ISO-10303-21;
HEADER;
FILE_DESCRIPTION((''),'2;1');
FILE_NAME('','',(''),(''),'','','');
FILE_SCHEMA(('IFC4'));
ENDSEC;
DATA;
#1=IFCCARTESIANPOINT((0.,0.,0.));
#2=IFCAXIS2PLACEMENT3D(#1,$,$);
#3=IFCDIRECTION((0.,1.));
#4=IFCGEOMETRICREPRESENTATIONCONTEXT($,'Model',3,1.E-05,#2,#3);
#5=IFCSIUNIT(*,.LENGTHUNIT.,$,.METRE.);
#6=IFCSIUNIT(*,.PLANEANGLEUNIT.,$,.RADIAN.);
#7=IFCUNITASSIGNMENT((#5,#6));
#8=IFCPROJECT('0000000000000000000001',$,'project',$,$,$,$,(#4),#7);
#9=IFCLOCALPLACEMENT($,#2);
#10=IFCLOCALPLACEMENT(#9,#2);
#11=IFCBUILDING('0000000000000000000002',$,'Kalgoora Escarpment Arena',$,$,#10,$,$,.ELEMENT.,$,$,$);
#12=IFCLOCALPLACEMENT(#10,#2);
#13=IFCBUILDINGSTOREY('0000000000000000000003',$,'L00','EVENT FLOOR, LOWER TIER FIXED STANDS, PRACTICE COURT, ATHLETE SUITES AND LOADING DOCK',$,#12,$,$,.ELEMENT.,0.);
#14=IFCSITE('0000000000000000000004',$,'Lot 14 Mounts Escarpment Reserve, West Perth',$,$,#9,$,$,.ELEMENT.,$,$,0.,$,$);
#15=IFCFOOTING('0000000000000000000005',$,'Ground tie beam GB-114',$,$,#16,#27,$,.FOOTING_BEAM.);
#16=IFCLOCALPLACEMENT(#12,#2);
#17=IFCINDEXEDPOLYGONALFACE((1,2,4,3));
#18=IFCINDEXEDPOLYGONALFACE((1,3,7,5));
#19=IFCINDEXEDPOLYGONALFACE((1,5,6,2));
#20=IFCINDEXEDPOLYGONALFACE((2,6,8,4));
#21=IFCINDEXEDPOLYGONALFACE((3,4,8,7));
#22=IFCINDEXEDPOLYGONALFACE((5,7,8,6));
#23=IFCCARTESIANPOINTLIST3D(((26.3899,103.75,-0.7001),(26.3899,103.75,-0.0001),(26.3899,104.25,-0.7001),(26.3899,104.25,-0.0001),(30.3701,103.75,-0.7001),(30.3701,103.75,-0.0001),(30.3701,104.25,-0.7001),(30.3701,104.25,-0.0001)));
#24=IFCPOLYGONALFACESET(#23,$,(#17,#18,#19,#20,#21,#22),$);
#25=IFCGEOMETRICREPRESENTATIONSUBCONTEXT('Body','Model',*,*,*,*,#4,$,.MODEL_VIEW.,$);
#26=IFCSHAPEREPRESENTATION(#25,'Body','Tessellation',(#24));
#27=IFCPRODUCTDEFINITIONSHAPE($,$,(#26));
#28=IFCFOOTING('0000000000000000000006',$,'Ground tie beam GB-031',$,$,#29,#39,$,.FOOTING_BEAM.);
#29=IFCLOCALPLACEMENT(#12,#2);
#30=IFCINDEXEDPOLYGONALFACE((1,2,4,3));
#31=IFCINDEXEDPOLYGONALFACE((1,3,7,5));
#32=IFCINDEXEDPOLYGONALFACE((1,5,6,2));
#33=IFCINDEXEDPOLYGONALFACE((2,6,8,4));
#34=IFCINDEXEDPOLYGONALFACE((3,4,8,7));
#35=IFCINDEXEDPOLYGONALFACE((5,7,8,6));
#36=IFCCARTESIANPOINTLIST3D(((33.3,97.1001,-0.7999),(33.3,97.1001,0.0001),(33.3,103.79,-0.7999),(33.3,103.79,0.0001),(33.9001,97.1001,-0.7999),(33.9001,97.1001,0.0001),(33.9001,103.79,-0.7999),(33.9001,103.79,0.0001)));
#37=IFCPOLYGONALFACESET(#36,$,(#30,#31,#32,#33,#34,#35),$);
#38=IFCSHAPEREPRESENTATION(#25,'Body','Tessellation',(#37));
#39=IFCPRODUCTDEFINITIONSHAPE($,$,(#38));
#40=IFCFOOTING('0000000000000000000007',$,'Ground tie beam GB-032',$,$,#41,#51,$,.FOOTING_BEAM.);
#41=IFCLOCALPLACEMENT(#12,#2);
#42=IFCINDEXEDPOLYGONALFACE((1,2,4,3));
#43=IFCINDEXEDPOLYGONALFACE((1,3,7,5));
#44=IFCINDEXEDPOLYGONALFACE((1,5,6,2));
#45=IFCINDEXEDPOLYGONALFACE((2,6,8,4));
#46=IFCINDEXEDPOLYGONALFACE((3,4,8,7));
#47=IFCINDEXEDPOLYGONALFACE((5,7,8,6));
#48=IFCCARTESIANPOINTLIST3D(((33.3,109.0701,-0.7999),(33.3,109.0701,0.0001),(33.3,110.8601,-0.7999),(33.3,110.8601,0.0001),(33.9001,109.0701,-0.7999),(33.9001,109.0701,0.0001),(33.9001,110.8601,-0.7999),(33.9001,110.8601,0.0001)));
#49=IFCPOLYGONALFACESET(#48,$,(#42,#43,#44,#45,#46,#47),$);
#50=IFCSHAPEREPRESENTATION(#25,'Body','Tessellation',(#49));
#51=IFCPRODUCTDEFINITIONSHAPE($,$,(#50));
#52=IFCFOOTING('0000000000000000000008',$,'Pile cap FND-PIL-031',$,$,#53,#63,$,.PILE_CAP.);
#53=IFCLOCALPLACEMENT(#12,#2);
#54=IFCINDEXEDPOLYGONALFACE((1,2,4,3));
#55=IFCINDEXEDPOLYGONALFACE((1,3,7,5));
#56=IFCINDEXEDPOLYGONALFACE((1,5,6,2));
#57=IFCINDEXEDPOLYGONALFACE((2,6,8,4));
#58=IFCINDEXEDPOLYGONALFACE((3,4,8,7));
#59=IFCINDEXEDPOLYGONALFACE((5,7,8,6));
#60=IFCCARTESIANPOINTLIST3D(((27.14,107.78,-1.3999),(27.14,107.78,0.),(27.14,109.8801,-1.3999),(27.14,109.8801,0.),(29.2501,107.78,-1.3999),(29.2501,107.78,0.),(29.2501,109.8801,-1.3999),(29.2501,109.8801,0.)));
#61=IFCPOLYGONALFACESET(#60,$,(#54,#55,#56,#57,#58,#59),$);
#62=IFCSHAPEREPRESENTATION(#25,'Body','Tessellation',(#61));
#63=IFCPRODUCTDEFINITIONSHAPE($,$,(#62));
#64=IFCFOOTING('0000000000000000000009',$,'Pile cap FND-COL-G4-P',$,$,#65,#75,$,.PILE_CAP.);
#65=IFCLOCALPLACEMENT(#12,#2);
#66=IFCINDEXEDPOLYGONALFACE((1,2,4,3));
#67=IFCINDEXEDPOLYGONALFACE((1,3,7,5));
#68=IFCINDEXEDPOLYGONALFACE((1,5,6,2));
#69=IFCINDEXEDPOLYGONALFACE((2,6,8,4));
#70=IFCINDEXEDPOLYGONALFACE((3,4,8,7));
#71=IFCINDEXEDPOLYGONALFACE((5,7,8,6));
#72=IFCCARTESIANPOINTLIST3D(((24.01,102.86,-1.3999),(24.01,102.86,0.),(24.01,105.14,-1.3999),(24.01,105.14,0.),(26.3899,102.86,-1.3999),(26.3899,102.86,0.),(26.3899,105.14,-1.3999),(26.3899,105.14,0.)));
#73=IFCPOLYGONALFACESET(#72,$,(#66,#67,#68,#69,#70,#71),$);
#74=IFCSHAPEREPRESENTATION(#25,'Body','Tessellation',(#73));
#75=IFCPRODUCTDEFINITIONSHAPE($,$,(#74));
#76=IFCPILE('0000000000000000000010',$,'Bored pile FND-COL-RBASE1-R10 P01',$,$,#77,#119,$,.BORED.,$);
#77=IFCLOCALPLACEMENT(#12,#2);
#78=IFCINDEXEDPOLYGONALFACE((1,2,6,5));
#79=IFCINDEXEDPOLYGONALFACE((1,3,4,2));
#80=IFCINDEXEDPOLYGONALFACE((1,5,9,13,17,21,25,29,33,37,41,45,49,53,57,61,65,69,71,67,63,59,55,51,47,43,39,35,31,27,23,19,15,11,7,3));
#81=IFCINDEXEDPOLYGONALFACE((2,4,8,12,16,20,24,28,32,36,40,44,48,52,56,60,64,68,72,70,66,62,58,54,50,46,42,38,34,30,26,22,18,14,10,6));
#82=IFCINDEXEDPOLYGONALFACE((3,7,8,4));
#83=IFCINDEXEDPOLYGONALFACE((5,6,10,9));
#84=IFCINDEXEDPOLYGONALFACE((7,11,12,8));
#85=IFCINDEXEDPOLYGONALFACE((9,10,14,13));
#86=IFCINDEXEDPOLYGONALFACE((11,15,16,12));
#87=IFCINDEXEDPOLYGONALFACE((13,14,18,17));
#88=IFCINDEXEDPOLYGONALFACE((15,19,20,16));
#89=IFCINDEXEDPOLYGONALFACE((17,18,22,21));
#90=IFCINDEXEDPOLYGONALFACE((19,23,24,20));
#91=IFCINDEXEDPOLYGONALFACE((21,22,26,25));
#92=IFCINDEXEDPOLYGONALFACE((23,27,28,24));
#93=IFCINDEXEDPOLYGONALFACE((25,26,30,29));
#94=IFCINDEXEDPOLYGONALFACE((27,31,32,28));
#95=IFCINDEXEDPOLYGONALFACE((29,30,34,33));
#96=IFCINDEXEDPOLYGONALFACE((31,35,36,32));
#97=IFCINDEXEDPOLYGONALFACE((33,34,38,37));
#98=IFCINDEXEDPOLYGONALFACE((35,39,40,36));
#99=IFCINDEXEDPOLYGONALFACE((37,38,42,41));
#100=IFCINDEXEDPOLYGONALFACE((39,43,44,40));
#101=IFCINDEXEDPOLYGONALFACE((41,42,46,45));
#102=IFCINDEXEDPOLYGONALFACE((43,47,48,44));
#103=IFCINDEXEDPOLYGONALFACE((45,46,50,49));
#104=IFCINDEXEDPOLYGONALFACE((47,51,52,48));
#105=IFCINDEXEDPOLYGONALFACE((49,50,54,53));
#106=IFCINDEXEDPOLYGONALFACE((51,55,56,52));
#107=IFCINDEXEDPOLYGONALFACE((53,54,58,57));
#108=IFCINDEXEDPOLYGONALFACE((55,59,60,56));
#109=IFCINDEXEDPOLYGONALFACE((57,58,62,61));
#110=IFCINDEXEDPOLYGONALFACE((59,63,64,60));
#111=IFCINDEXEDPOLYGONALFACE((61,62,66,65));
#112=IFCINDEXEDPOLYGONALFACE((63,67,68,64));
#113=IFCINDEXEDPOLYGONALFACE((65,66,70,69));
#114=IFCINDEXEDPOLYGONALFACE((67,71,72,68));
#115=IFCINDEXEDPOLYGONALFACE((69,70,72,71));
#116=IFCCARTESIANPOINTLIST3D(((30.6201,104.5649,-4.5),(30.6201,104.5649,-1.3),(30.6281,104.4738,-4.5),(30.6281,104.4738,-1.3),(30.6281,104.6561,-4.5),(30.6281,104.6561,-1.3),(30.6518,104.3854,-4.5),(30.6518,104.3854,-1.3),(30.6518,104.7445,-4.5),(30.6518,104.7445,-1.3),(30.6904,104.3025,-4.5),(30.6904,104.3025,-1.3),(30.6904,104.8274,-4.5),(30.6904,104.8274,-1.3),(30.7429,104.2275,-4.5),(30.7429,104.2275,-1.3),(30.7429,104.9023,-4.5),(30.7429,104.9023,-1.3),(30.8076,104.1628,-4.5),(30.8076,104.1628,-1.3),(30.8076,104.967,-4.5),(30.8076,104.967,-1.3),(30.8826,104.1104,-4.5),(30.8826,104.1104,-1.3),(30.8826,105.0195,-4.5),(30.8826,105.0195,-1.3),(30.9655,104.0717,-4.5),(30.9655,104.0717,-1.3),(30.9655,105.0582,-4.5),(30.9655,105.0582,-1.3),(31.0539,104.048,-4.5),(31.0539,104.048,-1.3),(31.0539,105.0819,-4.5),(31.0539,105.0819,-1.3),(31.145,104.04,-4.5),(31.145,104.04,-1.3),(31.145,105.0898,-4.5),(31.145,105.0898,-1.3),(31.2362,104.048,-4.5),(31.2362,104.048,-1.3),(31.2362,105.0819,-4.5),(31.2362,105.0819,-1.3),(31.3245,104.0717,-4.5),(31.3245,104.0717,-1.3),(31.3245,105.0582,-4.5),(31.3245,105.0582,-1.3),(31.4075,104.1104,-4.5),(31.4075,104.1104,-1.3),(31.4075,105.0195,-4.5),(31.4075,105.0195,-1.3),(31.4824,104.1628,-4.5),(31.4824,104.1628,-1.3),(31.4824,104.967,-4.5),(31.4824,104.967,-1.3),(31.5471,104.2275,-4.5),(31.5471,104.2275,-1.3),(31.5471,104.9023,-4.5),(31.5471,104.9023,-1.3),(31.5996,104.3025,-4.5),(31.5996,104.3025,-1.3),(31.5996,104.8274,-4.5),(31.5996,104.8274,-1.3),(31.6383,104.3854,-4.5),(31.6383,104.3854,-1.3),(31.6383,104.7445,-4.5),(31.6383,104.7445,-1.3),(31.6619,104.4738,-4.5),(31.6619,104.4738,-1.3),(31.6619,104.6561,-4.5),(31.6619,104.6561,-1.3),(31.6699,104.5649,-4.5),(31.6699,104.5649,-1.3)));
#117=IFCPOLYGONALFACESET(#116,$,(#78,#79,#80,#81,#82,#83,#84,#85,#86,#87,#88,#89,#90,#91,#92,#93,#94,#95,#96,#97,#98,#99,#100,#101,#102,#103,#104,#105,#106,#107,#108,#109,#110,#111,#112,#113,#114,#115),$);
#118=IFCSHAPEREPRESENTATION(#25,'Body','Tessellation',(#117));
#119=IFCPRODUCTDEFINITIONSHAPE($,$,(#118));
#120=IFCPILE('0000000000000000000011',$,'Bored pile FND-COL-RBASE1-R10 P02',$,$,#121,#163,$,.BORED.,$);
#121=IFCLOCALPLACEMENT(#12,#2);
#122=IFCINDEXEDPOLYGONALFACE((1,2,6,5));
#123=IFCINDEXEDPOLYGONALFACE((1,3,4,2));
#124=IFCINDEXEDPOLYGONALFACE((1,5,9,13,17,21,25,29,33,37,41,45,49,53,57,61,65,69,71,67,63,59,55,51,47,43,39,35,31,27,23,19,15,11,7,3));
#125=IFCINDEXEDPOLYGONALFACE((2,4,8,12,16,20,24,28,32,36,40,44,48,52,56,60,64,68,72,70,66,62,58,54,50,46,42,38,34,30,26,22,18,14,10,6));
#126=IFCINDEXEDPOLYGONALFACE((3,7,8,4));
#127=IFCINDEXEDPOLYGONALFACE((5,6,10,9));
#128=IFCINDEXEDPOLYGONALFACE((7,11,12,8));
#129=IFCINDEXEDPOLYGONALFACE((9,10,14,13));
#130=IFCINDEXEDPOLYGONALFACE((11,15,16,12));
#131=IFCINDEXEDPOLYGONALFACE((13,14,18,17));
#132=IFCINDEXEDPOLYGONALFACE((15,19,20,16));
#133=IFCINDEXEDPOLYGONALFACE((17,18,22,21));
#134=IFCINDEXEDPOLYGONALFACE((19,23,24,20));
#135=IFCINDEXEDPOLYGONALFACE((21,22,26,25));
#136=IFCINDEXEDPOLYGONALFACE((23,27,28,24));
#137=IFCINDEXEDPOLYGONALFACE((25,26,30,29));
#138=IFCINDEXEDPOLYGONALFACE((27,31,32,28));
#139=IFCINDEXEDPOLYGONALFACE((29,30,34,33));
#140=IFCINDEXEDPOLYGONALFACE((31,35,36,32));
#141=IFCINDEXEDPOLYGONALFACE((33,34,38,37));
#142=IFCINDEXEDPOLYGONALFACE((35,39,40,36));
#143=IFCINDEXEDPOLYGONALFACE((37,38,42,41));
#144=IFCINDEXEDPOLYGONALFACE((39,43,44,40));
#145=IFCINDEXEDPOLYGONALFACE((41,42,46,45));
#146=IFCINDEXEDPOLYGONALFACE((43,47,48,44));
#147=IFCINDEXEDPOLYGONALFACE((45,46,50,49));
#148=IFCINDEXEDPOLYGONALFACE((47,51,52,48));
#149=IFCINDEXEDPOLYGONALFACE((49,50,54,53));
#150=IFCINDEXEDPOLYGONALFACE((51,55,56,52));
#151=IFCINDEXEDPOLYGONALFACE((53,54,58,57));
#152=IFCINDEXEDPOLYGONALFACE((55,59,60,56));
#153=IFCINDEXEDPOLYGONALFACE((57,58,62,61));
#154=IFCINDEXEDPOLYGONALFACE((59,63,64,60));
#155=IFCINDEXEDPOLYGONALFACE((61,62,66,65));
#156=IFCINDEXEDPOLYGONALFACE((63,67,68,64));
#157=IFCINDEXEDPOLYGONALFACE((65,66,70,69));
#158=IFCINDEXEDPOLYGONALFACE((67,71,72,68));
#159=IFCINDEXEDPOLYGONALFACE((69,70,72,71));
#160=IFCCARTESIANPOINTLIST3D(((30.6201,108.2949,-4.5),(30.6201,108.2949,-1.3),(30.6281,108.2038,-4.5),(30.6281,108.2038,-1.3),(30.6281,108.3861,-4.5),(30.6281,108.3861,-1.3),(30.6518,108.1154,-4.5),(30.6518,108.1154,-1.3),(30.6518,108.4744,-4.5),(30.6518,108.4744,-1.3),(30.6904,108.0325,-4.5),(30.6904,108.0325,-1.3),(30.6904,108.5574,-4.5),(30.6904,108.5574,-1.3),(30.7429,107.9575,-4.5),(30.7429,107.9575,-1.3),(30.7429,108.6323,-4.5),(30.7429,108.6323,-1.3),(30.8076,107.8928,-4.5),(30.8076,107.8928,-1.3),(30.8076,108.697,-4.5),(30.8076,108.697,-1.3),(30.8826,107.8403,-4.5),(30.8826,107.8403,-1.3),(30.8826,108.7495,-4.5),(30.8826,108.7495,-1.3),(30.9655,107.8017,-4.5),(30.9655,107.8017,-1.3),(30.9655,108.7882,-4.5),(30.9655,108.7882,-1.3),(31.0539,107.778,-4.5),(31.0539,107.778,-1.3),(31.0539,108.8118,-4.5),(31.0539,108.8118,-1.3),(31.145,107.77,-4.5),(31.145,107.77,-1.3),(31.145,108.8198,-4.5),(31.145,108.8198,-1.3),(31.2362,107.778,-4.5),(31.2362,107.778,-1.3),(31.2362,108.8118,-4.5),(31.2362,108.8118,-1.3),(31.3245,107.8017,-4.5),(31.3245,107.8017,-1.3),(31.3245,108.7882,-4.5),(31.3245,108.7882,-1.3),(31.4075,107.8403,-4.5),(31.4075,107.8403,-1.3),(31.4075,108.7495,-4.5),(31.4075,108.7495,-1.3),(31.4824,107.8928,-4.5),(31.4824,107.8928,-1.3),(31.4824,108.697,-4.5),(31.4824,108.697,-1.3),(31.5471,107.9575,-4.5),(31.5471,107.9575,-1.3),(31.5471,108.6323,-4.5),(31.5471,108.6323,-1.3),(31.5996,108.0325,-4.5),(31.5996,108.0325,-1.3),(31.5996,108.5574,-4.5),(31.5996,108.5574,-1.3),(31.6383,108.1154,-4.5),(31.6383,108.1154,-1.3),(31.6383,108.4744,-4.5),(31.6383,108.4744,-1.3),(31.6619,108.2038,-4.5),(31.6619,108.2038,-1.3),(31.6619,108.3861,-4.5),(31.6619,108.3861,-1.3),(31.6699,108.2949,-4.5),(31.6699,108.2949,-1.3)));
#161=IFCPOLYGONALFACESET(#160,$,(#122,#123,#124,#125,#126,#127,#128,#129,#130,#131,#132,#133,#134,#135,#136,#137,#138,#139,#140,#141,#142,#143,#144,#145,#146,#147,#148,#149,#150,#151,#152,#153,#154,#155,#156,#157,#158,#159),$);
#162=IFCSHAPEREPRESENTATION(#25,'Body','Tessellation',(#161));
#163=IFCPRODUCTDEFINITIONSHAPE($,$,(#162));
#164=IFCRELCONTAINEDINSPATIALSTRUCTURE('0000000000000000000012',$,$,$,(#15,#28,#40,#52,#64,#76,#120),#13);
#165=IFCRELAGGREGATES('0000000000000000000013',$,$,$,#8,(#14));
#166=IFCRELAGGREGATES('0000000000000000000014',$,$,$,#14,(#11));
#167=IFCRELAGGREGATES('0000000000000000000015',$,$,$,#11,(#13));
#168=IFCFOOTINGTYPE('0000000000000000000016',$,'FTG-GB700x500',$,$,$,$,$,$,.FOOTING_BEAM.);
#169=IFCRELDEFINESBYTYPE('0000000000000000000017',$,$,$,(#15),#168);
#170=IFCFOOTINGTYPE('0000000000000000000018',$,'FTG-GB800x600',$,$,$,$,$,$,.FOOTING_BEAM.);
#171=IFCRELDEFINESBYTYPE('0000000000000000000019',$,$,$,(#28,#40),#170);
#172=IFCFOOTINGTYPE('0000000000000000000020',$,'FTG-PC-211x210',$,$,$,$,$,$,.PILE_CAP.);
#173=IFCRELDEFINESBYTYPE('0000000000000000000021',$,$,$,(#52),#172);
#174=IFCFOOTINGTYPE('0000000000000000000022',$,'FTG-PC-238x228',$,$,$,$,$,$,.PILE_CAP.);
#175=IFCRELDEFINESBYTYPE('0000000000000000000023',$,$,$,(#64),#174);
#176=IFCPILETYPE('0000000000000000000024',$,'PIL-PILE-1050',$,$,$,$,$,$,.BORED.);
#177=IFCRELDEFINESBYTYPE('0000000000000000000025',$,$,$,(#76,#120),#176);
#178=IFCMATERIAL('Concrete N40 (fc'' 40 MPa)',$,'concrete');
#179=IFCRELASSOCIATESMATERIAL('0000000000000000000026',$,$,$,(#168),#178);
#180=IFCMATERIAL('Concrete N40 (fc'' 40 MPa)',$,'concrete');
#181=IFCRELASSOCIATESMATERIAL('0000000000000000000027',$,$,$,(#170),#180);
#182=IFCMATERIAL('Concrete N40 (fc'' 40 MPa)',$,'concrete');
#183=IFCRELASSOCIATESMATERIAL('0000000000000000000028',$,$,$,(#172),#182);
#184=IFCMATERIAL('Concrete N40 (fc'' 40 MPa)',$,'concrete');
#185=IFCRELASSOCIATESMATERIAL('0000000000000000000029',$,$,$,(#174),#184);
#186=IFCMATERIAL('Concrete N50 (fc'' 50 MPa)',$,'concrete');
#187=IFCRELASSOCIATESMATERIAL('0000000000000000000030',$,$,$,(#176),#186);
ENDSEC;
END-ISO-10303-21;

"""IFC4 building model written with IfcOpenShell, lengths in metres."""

from ifc_helpers import new_model, si_unit, direction, frame, origin, origin_2d, place, context, subcontext, project, spatial, rectangle, circle, extrude, material, material_profile, profile_set, type_object, element, save


model = new_model("IFC4")

# Units and contexts
model_context = context("Model", 3, precision=1e-05, world=origin(), true_north=direction((0.0, 1.0)))
body_context = subcontext(model_context, "Body", "Model", "MODEL_VIEW")
ifc_project = project(units=[si_unit("LENGTHUNIT", "METRE"), si_unit("PLANEANGLEUNIT", "RADIAN")], contexts=[model_context])

# Site, building, storey
site_placement = place(None, origin())
site = spatial("IfcSite", under=ifc_project, at=site_placement, Name="Lot 14 Mounts Escarpment Reserve, West Perth", CompositionType="ELEMENT", RefElevation=0.0)
building_placement = place(site_placement, origin())
building = spatial("IfcBuilding", under=site, at=building_placement, Name="Kalgoora Escarpment Arena", CompositionType="ELEMENT")
storey_placement = place(building_placement, origin())
storey = spatial("IfcBuildingStorey", under=building, at=storey_placement, Name="L00", Description="EVENT FLOOR, LOWER TIER FIXED STANDS, PRACTICE COURT, ATHLETE SUITES AND LOADING DOCK", CompositionType="ELEMENT", Elevation=0.0)

# Footings
ifc_material_1 = material(Name="Concrete N40 (fc' 40 MPa)", Category="concrete")
ifc_material_profile_1 = material_profile(ifc_material_1, rectangle(XDim=0.5, YDim=0.7, at=origin_2d()))
ifc_profile_set_1 = profile_set([ifc_material_profile_1], Name="Concrete N40 (fc' 40 MPa)")
footing_type_1 = type_object("IfcFootingType", Name="FTG-GB700x500", PredefinedType="FOOTING_BEAM", material=ifc_profile_set_1)
footing_1_placement = place(storey_placement, frame((26.3899, 104.0, -0.3501), z_axis=(1.0, 0.0, 0.0), x_axis=(0.0, 1.0, 0.0)))
element("IfcFooting", 1, at=footing_1_placement, inside=storey, type_object=footing_type_1, Name="Ground tie beam GB-114", PredefinedType="FOOTING_BEAM", context=body_context, shape_type="SweptSolid", body=[
    extrude(rectangle(XDim=0.5, YDim=0.7, at=origin_2d()), origin(), (0.0, 0.0, 1.0), 3.9802),
])
ifc_material_2 = material(Name="Concrete N40 (fc' 40 MPa)", Category="concrete")
ifc_material_profile_2 = material_profile(ifc_material_2, rectangle(XDim=0.6001, YDim=0.8, at=origin_2d()))
ifc_profile_set_2 = profile_set([ifc_material_profile_2], Name="Concrete N40 (fc' 40 MPa)")
footing_type_2 = type_object("IfcFootingType", Name="FTG-GB800x600", PredefinedType="FOOTING_BEAM", material=ifc_profile_set_2)
footing_2_placement = place(storey_placement, frame((33.6001, 97.1001, -0.3999), z_axis=(0.0, 1.0, 0.0), x_axis=(-1.0, 0.0, 0.0)))
element("IfcFooting", 2, at=footing_2_placement, inside=storey, type_object=footing_type_2, Name="Ground tie beam GB-031", PredefinedType="FOOTING_BEAM", context=body_context, shape_type="SweptSolid", body=[
    extrude(rectangle(XDim=0.6001, YDim=0.8, at=origin_2d()), origin(), (0.0, 0.0, 1.0), 6.6899),
])
footing_3_placement = place(storey_placement, frame((33.6001, 109.0701, -0.3999), z_axis=(0.0, 1.0, 0.0), x_axis=(-1.0, 0.0, 0.0)))
element("IfcFooting", 3, at=footing_3_placement, inside=storey, type_object=footing_type_2, Name="Ground tie beam GB-032", PredefinedType="FOOTING_BEAM", context=body_context, shape_type="SweptSolid", body=[
    extrude(rectangle(XDim=0.6001, YDim=0.8, at=origin_2d()), origin(), (0.0, 0.0, 1.0), 1.79),
])
ifc_material_3 = material(Name="Concrete N40 (fc' 40 MPa)", Category="concrete")
footing_type_3 = type_object("IfcFootingType", Name="FTG-PC-211x210", PredefinedType="PILE_CAP", material=ifc_material_3)
footing_4_placement = place(storey_placement, frame((28.1951, 108.8301, -1.3999), z_axis=(0.0, 0.0, 1.0), x_axis=(1.0, 0.0, 0.0)))
element("IfcFooting", 4, at=footing_4_placement, inside=storey, type_object=footing_type_3, Name="Pile cap FND-PIL-031", PredefinedType="PILE_CAP", context=body_context, shape_type="SweptSolid", body=[
    extrude(rectangle(XDim=2.1101, YDim=2.1001, at=origin_2d()), origin(), (0.0, 0.0, 1.0), 1.3999),
])
ifc_material_4 = material(Name="Concrete N40 (fc' 40 MPa)", Category="concrete")
footing_type_4 = type_object("IfcFootingType", Name="FTG-PC-238x228", PredefinedType="PILE_CAP", material=ifc_material_4)
footing_5_placement = place(storey_placement, frame((25.2, 104.0, -1.3999), z_axis=(0.0, 0.0, 1.0), x_axis=(1.0, 0.0, 0.0)))
element("IfcFooting", 5, at=footing_5_placement, inside=storey, type_object=footing_type_4, Name="Pile cap FND-COL-G4-P", PredefinedType="PILE_CAP", context=body_context, shape_type="SweptSolid", body=[
    extrude(rectangle(XDim=2.3799, YDim=2.28, at=origin_2d()), origin(), (0.0, 0.0, 1.0), 1.3999),
])

# Piles
ifc_material_5 = material(Name="Concrete N50 (fc' 50 MPa)", Category="concrete")
ifc_material_profile_3 = material_profile(ifc_material_5, circle(Radius=0.5249, at=origin_2d()))
ifc_profile_set_3 = profile_set([ifc_material_profile_3], Name="Concrete N50 (fc' 50 MPa)")
pile_type_1 = type_object("IfcPileType", Name="PIL-PILE-1050", PredefinedType="BORED", material=ifc_profile_set_3)
for number, where, z_axis, x_axis, name in (
    (6, (31.145, 104.5649, -1.3), (0.0, 0.0, -1.0), (1.0, 0.0, 0.0), "Bored pile FND-COL-RBASE1-R10 P01"),
    (7, (31.145, 108.2949, -1.3), (0.0, 0.0, -1.0), (1.0, 0.0, 0.0), "Bored pile FND-COL-RBASE1-R10 P02"),
):
    element("IfcPile", number, at=place(storey_placement, frame(where, z_axis=z_axis, x_axis=x_axis)), inside=storey, type_object=pile_type_1, Name=name, PredefinedType="BORED", context=body_context, shape_type="SweptSolid", body=[
        extrude(circle(Radius=0.5249, at=origin_2d()), origin(), (0.0, 0.0, 1.0), 3.2),
    ])

save(model, "model.ifc")
